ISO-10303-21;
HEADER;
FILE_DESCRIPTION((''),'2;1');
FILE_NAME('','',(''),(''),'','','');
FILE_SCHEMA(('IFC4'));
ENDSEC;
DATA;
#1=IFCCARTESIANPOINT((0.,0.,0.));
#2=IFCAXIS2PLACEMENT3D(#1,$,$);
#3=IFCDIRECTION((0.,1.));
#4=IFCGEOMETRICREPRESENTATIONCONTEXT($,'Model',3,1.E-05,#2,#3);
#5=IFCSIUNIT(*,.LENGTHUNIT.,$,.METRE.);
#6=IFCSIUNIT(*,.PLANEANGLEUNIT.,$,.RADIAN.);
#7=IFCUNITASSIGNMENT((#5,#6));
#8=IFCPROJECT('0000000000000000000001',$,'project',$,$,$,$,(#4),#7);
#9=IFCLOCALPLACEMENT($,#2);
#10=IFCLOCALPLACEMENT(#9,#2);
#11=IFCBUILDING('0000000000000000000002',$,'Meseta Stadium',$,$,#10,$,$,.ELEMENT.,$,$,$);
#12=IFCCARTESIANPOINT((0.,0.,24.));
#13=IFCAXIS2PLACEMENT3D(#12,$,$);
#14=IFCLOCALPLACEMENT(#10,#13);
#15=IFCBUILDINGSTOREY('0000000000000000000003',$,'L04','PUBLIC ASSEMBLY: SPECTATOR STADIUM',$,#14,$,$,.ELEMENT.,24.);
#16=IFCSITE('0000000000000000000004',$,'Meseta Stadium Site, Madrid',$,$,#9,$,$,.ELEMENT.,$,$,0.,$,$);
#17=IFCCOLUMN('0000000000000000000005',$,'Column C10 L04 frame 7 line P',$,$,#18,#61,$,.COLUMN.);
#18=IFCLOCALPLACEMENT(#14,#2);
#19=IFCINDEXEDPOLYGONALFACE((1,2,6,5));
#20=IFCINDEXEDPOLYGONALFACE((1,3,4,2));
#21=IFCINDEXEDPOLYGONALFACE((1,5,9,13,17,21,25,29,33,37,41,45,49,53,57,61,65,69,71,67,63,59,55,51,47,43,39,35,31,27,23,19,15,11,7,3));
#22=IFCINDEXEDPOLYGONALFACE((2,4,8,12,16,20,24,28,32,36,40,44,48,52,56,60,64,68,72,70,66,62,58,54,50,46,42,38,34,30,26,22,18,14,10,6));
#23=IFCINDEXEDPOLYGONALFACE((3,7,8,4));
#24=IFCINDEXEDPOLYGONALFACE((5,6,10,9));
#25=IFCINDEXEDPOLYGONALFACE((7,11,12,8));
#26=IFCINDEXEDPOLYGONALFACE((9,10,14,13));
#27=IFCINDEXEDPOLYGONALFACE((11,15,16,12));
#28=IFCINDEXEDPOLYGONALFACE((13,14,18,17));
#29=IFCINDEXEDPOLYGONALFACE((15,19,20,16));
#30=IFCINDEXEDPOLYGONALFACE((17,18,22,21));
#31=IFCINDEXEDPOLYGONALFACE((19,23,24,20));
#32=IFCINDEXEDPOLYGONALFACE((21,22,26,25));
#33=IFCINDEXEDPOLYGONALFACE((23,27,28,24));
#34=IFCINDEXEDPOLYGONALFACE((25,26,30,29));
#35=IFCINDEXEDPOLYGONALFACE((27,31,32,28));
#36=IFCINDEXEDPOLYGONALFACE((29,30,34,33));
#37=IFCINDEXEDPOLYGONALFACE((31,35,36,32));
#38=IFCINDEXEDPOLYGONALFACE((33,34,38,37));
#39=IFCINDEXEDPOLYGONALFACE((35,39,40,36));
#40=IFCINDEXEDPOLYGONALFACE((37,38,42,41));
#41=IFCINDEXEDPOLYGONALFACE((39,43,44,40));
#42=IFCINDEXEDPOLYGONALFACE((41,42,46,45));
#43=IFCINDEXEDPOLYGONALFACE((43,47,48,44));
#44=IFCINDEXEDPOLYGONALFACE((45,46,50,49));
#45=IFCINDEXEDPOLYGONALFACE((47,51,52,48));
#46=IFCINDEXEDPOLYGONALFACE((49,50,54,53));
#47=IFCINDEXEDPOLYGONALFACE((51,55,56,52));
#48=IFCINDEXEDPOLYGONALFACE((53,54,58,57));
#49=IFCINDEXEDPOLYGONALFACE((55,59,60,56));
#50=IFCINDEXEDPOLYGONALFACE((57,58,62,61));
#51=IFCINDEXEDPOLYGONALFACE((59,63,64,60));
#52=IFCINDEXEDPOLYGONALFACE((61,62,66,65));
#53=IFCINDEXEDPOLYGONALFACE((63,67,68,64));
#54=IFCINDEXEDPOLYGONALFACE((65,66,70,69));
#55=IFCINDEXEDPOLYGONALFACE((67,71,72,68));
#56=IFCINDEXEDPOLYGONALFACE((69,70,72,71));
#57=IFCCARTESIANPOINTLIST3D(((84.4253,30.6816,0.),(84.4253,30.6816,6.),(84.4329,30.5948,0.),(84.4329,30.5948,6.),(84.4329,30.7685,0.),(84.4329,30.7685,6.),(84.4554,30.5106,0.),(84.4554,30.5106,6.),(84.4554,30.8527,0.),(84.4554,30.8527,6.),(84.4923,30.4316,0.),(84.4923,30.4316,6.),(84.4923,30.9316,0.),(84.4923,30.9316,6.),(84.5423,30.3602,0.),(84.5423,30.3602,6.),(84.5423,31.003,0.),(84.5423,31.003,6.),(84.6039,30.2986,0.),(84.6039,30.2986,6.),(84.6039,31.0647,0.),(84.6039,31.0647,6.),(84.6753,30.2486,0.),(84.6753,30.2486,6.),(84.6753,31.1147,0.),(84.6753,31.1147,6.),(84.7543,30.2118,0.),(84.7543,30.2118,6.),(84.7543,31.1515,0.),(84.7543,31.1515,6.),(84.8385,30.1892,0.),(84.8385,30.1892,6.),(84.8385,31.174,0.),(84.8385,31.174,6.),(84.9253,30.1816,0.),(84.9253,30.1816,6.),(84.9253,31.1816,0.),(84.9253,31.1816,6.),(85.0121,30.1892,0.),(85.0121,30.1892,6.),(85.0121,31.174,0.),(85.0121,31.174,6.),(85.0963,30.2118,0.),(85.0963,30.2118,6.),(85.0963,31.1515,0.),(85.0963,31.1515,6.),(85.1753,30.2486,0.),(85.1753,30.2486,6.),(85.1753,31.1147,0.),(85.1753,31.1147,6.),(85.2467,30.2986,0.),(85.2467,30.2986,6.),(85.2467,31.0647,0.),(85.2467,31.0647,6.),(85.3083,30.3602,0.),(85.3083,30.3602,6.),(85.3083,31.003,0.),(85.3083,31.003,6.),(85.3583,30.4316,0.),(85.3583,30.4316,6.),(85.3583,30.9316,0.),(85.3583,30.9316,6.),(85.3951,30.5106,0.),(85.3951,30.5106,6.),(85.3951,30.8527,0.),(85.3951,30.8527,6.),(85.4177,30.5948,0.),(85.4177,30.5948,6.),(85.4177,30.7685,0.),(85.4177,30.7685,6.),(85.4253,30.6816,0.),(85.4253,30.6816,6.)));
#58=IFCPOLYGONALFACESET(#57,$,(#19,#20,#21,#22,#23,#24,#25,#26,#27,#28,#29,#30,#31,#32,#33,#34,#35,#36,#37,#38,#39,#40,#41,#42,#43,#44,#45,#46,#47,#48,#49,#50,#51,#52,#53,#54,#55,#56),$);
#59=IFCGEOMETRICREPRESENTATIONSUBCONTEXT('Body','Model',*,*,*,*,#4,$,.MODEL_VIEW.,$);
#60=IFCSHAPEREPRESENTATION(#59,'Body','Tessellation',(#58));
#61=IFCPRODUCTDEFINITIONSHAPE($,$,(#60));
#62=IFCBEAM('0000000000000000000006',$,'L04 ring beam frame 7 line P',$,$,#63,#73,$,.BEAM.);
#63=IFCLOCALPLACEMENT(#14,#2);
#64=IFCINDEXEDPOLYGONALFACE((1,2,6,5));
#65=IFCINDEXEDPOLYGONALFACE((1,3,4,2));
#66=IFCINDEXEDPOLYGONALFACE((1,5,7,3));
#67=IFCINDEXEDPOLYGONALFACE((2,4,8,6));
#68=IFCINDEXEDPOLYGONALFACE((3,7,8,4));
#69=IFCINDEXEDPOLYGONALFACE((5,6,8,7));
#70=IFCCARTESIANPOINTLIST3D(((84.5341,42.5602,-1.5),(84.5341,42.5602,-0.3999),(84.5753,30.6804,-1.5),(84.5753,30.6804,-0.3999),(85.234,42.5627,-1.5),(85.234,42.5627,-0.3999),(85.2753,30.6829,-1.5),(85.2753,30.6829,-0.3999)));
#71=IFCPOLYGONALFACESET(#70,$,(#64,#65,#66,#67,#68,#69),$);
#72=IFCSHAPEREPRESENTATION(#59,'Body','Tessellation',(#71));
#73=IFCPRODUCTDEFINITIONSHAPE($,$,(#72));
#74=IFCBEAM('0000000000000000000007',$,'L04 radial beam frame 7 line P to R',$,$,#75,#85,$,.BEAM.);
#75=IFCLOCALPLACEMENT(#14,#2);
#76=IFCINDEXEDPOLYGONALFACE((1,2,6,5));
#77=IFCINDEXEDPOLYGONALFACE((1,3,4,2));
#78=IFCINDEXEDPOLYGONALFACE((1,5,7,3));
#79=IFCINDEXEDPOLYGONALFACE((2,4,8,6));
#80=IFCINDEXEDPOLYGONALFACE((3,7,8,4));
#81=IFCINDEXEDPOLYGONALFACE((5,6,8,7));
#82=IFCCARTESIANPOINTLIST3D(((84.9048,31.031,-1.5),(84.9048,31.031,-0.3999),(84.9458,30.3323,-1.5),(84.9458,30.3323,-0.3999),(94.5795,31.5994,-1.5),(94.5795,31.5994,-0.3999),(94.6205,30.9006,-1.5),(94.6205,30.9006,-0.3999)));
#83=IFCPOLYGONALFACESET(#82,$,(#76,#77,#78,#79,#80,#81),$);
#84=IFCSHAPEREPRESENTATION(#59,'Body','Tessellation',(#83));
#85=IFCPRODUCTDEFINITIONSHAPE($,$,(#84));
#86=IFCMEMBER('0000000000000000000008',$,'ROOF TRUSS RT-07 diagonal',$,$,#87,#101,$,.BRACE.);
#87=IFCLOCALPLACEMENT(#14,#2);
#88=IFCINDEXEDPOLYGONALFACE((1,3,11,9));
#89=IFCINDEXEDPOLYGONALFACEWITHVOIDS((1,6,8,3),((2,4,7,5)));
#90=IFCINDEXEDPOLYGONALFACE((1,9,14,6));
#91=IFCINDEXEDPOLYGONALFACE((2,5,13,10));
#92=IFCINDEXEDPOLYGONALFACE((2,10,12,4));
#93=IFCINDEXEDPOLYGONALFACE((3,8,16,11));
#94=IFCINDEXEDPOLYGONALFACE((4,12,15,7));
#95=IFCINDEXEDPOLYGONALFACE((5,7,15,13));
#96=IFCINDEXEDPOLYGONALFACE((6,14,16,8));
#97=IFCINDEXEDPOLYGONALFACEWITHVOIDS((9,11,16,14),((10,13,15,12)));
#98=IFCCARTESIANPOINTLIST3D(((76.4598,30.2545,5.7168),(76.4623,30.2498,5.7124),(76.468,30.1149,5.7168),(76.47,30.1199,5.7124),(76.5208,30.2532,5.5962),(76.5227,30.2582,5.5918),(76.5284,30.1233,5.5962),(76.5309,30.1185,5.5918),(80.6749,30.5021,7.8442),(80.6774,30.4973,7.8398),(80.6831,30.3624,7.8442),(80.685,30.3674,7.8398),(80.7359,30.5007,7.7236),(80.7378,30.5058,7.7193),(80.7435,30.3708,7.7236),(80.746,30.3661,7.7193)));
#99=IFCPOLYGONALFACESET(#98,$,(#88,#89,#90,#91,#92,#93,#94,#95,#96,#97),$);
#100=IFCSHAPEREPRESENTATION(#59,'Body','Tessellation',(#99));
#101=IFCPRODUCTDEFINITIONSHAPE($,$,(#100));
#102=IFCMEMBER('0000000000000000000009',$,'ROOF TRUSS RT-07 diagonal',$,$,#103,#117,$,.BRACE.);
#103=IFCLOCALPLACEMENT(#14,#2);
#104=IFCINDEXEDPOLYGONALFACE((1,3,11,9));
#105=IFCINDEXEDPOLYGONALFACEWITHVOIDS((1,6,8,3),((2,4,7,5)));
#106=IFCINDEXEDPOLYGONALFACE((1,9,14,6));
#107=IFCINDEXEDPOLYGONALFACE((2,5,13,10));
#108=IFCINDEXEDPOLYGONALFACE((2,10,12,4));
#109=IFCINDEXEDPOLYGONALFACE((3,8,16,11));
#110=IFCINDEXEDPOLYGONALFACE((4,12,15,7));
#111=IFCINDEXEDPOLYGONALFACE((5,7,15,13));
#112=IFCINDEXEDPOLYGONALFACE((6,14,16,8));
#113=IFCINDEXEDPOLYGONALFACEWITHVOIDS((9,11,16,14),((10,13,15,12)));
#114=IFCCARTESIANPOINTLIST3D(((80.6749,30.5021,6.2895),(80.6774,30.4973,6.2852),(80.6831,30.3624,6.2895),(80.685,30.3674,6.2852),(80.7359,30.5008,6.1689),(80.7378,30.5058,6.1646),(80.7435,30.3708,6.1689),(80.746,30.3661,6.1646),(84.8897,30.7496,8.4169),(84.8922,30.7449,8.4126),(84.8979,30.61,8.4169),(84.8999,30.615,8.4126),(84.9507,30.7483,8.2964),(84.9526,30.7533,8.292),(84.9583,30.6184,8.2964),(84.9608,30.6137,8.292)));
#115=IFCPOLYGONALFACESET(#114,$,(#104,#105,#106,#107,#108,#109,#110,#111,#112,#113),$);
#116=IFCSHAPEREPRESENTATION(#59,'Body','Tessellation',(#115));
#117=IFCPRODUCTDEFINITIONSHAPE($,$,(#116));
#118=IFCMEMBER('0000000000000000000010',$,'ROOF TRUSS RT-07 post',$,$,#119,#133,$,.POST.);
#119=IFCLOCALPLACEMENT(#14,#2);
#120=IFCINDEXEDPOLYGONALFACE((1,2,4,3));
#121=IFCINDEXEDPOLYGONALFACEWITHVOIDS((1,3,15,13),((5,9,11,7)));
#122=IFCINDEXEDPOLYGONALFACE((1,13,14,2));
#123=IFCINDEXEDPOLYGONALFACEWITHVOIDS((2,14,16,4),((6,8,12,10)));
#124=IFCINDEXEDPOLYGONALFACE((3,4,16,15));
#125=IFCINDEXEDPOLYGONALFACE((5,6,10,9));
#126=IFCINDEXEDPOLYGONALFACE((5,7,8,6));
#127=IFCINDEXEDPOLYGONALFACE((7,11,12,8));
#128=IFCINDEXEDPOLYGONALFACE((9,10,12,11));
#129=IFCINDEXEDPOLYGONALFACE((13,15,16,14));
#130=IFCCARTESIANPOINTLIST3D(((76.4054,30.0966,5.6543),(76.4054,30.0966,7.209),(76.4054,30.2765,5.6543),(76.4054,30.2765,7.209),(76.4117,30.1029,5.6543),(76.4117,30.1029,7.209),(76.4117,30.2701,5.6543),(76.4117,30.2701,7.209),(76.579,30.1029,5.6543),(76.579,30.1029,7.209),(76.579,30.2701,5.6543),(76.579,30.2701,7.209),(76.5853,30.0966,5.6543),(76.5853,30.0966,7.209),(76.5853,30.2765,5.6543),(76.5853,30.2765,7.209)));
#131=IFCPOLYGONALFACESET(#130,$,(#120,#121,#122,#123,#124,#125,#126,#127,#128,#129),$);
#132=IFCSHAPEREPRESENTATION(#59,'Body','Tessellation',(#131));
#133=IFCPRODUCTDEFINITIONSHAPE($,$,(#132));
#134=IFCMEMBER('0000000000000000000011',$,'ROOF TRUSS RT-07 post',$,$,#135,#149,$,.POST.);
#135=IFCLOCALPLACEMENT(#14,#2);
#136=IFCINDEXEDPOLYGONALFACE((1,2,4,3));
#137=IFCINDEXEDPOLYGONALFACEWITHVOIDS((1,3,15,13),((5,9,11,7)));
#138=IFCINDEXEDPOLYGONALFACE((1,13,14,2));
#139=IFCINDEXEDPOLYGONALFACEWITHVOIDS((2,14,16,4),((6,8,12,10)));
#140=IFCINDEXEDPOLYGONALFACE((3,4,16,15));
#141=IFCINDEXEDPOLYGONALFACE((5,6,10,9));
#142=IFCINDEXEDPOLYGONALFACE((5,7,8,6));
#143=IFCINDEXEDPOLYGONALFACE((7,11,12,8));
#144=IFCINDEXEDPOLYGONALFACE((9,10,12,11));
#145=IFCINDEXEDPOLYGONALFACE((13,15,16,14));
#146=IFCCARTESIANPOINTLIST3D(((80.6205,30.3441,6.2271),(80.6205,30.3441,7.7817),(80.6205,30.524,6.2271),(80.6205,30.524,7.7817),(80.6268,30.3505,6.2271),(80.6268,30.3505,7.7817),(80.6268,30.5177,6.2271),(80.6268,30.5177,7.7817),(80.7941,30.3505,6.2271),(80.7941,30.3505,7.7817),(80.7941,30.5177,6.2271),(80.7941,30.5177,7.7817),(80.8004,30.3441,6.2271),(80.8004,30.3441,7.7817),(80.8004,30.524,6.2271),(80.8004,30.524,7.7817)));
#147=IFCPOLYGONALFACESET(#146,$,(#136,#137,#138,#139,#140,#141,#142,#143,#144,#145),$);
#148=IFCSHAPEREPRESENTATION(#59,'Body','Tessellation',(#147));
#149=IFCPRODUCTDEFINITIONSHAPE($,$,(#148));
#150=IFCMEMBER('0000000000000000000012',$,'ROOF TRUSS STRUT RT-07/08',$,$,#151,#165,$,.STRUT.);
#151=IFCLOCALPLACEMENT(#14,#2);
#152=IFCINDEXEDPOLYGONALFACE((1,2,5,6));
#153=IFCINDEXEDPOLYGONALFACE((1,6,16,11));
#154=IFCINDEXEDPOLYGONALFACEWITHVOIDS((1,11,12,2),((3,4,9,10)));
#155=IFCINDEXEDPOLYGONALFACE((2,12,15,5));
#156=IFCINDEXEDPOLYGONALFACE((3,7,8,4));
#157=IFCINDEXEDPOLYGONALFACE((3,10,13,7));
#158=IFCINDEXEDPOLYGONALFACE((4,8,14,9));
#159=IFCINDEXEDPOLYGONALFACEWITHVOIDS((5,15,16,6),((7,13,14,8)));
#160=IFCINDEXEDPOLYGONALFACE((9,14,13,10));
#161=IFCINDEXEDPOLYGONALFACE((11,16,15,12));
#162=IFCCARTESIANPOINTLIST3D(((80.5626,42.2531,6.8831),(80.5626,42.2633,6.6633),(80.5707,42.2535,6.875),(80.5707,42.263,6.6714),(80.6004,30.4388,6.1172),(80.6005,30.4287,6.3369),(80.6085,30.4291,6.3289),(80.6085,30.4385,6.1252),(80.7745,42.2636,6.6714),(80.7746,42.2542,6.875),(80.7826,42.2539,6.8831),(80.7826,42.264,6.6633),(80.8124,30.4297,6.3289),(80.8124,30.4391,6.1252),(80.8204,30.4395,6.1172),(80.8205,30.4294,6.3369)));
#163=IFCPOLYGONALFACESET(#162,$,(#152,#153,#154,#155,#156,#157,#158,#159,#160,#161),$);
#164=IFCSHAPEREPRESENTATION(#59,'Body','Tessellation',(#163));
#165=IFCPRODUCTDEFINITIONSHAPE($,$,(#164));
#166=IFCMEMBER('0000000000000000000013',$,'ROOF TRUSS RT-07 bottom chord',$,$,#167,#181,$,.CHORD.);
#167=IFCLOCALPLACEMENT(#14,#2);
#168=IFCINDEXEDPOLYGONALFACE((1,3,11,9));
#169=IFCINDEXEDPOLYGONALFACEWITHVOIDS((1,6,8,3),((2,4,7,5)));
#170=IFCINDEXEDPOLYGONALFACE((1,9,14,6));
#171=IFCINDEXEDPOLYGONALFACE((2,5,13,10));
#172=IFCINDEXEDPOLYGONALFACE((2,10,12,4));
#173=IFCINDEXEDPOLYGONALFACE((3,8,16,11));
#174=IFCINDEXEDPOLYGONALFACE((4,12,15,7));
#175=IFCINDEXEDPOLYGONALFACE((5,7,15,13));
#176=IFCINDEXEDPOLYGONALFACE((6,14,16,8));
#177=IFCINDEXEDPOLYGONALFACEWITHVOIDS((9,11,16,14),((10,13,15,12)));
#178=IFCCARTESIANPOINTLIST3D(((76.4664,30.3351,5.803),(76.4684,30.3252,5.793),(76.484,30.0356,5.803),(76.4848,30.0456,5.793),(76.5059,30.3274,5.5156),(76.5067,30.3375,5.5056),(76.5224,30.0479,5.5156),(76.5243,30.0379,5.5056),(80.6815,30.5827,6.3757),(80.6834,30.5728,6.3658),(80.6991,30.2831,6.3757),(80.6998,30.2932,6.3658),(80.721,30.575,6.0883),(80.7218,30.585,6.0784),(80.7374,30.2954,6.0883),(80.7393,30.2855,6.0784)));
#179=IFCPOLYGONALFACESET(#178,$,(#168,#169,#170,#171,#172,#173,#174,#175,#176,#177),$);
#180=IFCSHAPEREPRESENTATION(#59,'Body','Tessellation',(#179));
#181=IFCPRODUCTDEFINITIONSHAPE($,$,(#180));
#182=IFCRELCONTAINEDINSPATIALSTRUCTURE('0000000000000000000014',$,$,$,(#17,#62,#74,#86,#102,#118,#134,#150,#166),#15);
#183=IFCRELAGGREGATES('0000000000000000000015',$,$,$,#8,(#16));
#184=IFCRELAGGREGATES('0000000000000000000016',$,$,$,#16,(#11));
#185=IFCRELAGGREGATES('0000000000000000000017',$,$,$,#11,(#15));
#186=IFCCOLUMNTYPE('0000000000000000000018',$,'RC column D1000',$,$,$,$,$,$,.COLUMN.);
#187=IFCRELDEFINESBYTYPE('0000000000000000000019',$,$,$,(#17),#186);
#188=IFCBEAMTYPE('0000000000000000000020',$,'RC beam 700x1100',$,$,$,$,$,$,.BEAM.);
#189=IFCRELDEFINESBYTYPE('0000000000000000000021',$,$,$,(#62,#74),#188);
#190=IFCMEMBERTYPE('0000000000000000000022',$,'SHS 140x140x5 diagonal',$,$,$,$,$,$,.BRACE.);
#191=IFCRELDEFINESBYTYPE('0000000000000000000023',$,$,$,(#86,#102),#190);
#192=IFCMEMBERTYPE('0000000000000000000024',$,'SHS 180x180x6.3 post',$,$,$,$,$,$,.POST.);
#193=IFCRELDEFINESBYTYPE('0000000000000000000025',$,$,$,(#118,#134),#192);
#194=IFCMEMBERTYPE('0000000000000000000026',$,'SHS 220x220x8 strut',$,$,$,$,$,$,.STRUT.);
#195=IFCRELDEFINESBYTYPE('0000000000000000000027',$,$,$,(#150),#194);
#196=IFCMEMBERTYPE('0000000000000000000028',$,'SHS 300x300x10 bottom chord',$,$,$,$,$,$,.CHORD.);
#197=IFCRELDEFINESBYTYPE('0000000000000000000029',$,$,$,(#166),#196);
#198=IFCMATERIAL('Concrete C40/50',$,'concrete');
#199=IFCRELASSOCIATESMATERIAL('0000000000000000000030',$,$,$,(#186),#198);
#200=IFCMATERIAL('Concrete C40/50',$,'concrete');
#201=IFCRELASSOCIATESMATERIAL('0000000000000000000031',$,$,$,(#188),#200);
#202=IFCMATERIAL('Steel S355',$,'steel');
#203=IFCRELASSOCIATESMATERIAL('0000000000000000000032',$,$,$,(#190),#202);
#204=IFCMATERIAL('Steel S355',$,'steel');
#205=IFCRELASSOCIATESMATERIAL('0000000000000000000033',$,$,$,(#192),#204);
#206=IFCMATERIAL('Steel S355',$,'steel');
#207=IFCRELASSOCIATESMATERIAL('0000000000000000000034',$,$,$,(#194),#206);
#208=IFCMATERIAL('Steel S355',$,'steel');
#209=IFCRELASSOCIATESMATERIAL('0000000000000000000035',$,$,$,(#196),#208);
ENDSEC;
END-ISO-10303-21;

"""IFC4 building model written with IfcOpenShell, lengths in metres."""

from ifc_helpers import new_model, si_unit, direction, frame, origin, origin_2d, place, context, subcontext, project, spatial, rectangle, hollow_rectangle, circle, extrude, material, material_profile, profile_set, type_object, element, save


model = new_model("IFC4")

# Units and contexts
model_context = context("Model", 3, precision=1e-05, world=origin(), true_north=direction((0.0, 1.0)))
body_context = subcontext(model_context, "Body", "Model", "MODEL_VIEW")
ifc_project = project(units=[si_unit("LENGTHUNIT", "METRE"), si_unit("PLANEANGLEUNIT", "RADIAN")], contexts=[model_context])

# Site, building, storey
site_placement = place(None, origin())
site = spatial("IfcSite", under=ifc_project, at=site_placement, Name="Meseta Stadium Site, Madrid", CompositionType="ELEMENT", RefElevation=0.0)
building_placement = place(site_placement, origin())
building = spatial("IfcBuilding", under=site, at=building_placement, Name="Meseta Stadium", CompositionType="ELEMENT")
storey_placement = place(building_placement, frame((0.0, 0.0, 24.0)))
storey = spatial("IfcBuildingStorey", under=building, at=storey_placement, Name="L04", Description="PUBLIC ASSEMBLY: SPECTATOR STADIUM", CompositionType="ELEMENT", Elevation=24.0)

# Column
ifc_material_1 = material(Name="Concrete C40/50", Category="concrete")
ifc_material_profile_1 = material_profile(ifc_material_1, circle(Radius=0.5, at=origin_2d()), Name="RC D1000")
ifc_profile_set_1 = profile_set([ifc_material_profile_1], Name="Concrete C40/50")
column_type = type_object("IfcColumnType", Name="RC column D1000", PredefinedType="COLUMN", material=ifc_profile_set_1)
column_placement = place(storey_placement, frame((84.9253, 30.6816, 0.0), z_axis=(0.0, 0.0, 1.0), x_axis=(1.0, 0.0, 0.0)))
element("IfcColumn", 1, at=column_placement, inside=storey, type_object=column_type, Name="Column C10 L04 frame 7 line P", PredefinedType="COLUMN", context=body_context, shape_type="SweptSolid", body=[
    extrude(circle(Radius=0.5, at=origin_2d()), origin(), (0.0, 0.0, 1.0), 6.0),
])

# Beams
ifc_material_2 = material(Name="Concrete C40/50", Category="concrete")
ifc_material_profile_2 = material_profile(ifc_material_2, rectangle(XDim=0.7, YDim=1.1001, at=origin_2d()), Name="RC 700x1100")
ifc_profile_set_2 = profile_set([ifc_material_profile_2], Name="Concrete C40/50")
beam_type = type_object("IfcBeamType", Name="RC beam 700x1100", PredefinedType="BEAM", material=ifc_profile_set_2)
beam_1_placement = place(storey_placement, frame((84.9253, 30.6816, -0.95), z_axis=(-0.003473, 0.999994, 0.0), x_axis=(-0.999994, -0.003473, 0.0)))
element("IfcBeam", 2, at=beam_1_placement, inside=storey, type_object=beam_type, Name="L04 ring beam frame 7 line P", PredefinedType="BEAM", context=body_context, shape_type="SweptSolid", body=[
    extrude(rectangle(XDim=0.7, YDim=1.1001, at=origin_2d()), origin(), (0.0, 0.0, 1.0), 11.8799),
])
beam_2_placement = place(storey_placement, frame((84.9253, 30.6816, -0.95), z_axis=(0.998279, 0.058645, 0.0), x_axis=(-0.058645, 0.998279, 0.0)))
element("IfcBeam", 3, at=beam_2_placement, inside=storey, type_object=beam_type, Name="L04 radial beam frame 7 line P to R", PredefinedType="BEAM", context=body_context, shape_type="SweptSolid", body=[
    extrude(rectangle(XDim=0.7, YDim=1.1001, at=origin_2d()), origin(), (0.0, 0.0, 1.0), 9.6914),
])

# Members
ifc_material_3 = material(Name="Steel S355", Category="steel")
ifc_material_profile_3 = material_profile(ifc_material_3, hollow_rectangle(XDim=0.1399, YDim=0.1399, WallThickness=0.0049, at=origin_2d()), Name="SHS 140x140x5")
ifc_profile_set_3 = profile_set([ifc_material_profile_3], Name="Steel S355")
member_type_1 = type_object("IfcMemberType", Name="SHS 140x140x5 diagonal", PredefinedType="BRACE", material=ifc_profile_set_3)
member_1_placement = place(storey_placement, frame((76.4954, 30.1865, 5.6543), z_axis=(0.891511, 0.05236, 0.449964), x_axis=(-0.058631, 0.99828, 0.0)))
element("IfcMember", 4, at=member_1_placement, inside=storey, type_object=member_type_1, Name="ROOF TRUSS RT-07 diagonal", PredefinedType="BRACE", context=body_context, shape_type="SweptSolid", body=[
    extrude(hollow_rectangle(XDim=0.1399, YDim=0.1399, WallThickness=0.0049, at=origin_2d()), origin(), (0.0, 0.0, 1.0), 4.728),
])
member_2_placement = place(storey_placement, frame((80.7104, 30.4341, 6.2271), z_axis=(0.8915, 0.052362, 0.449984), x_axis=(-0.058634, 0.99828, 0.0)))
element("IfcMember", 5, at=member_2_placement, inside=storey, type_object=member_type_1, Name="ROOF TRUSS RT-07 diagonal", PredefinedType="BRACE", context=body_context, shape_type="SweptSolid", body=[
    extrude(hollow_rectangle(XDim=0.1399, YDim=0.1399, WallThickness=0.0049, at=origin_2d()), origin(), (0.0, 0.0, 1.0), 4.7278),
])
ifc_material_4 = material(Name="Steel S355", Category="steel")
ifc_material_profile_4 = material_profile(ifc_material_4, hollow_rectangle(XDim=0.1799, YDim=0.1799, WallThickness=0.0063, at=origin_2d()), Name="SHS 180x180x6.3")
ifc_profile_set_4 = profile_set([ifc_material_profile_4], Name="Steel S355")
member_type_2 = type_object("IfcMemberType", Name="SHS 180x180x6.3 post", PredefinedType="POST", material=ifc_profile_set_4)
for number, where, z_axis, x_axis, name in (
    (6, (76.4954, 30.1865, 5.6543), (0.0, 0.0, 1.0), (1.0, 0.0, 0.0), "ROOF TRUSS RT-07 post"),
    (7, (80.7104, 30.4341, 6.2271), (0.0, 0.0, 1.0), (1.0, 0.0, 0.0), "ROOF TRUSS RT-07 post"),
):
    element("IfcMember", number, at=place(storey_placement, frame(where, z_axis=z_axis, x_axis=x_axis)), inside=storey, type_object=member_type_2, Name=name, PredefinedType="POST", context=body_context, shape_type="SweptSolid", body=[
        extrude(hollow_rectangle(XDim=0.1799, YDim=0.1799, WallThickness=0.0063, at=origin_2d()), origin(), (0.0, 0.0, 1.0), 1.5547),
    ])
ifc_material_5 = material(Name="Steel S355", Category="steel")
ifc_material_profile_5 = material_profile(ifc_material_5, hollow_rectangle(XDim=0.22, YDim=0.22, WallThickness=0.0081, at=origin_2d()), Name="SHS 220x220x8")
ifc_profile_set_5 = profile_set([ifc_material_profile_5], Name="Steel S355")
member_type_3 = type_object("IfcMemberType", Name="SHS 220x220x8 strut", PredefinedType="STRUT", material=ifc_profile_set_5)
member_3_placement = place(storey_placement, frame((80.7104, 30.4341, 6.2271), z_axis=(-0.003197, 0.99893, 0.046138), x_axis=(-0.999995, -0.0032, 0.0)))
element("IfcMember", 8, at=member_3_placement, inside=storey, type_object=member_type_3, Name="ROOF TRUSS STRUT RT-07/08", PredefinedType="STRUT", context=body_context, shape_type="SweptSolid", body=[
    extrude(hollow_rectangle(XDim=0.22, YDim=0.22, WallThickness=0.0081, at=origin_2d()), origin(), (0.0, 0.0, 1.0), 11.8372),
])
ifc_material_6 = material(Name="Steel S355", Category="steel")
ifc_material_profile_6 = material_profile(ifc_material_6, hollow_rectangle(XDim=0.3, YDim=0.3, WallThickness=0.01, at=origin_2d()), Name="SHS 300x300x10")
ifc_profile_set_6 = profile_set([ifc_material_profile_6], Name="Steel S355")
member_type_4 = type_object("IfcMemberType", Name="SHS 300x300x10 bottom chord", PredefinedType="CHORD", material=ifc_profile_set_6)
member_4_placement = place(storey_placement, frame((76.4954, 30.1865, 5.6543), z_axis=(0.98922, 0.058098, 0.134417), x_axis=(-0.058631, 0.99828, 0.0)))
element("IfcMember", 9, at=member_4_placement, inside=storey, type_object=member_type_4, Name="ROOF TRUSS RT-07 bottom chord", PredefinedType="CHORD", context=body_context, shape_type="SweptSolid", body=[
    extrude(hollow_rectangle(XDim=0.3, YDim=0.3, WallThickness=0.01, at=origin_2d()), origin(), (0.0, 0.0, 1.0), 4.261),
])

save(model, "model.ifc")
